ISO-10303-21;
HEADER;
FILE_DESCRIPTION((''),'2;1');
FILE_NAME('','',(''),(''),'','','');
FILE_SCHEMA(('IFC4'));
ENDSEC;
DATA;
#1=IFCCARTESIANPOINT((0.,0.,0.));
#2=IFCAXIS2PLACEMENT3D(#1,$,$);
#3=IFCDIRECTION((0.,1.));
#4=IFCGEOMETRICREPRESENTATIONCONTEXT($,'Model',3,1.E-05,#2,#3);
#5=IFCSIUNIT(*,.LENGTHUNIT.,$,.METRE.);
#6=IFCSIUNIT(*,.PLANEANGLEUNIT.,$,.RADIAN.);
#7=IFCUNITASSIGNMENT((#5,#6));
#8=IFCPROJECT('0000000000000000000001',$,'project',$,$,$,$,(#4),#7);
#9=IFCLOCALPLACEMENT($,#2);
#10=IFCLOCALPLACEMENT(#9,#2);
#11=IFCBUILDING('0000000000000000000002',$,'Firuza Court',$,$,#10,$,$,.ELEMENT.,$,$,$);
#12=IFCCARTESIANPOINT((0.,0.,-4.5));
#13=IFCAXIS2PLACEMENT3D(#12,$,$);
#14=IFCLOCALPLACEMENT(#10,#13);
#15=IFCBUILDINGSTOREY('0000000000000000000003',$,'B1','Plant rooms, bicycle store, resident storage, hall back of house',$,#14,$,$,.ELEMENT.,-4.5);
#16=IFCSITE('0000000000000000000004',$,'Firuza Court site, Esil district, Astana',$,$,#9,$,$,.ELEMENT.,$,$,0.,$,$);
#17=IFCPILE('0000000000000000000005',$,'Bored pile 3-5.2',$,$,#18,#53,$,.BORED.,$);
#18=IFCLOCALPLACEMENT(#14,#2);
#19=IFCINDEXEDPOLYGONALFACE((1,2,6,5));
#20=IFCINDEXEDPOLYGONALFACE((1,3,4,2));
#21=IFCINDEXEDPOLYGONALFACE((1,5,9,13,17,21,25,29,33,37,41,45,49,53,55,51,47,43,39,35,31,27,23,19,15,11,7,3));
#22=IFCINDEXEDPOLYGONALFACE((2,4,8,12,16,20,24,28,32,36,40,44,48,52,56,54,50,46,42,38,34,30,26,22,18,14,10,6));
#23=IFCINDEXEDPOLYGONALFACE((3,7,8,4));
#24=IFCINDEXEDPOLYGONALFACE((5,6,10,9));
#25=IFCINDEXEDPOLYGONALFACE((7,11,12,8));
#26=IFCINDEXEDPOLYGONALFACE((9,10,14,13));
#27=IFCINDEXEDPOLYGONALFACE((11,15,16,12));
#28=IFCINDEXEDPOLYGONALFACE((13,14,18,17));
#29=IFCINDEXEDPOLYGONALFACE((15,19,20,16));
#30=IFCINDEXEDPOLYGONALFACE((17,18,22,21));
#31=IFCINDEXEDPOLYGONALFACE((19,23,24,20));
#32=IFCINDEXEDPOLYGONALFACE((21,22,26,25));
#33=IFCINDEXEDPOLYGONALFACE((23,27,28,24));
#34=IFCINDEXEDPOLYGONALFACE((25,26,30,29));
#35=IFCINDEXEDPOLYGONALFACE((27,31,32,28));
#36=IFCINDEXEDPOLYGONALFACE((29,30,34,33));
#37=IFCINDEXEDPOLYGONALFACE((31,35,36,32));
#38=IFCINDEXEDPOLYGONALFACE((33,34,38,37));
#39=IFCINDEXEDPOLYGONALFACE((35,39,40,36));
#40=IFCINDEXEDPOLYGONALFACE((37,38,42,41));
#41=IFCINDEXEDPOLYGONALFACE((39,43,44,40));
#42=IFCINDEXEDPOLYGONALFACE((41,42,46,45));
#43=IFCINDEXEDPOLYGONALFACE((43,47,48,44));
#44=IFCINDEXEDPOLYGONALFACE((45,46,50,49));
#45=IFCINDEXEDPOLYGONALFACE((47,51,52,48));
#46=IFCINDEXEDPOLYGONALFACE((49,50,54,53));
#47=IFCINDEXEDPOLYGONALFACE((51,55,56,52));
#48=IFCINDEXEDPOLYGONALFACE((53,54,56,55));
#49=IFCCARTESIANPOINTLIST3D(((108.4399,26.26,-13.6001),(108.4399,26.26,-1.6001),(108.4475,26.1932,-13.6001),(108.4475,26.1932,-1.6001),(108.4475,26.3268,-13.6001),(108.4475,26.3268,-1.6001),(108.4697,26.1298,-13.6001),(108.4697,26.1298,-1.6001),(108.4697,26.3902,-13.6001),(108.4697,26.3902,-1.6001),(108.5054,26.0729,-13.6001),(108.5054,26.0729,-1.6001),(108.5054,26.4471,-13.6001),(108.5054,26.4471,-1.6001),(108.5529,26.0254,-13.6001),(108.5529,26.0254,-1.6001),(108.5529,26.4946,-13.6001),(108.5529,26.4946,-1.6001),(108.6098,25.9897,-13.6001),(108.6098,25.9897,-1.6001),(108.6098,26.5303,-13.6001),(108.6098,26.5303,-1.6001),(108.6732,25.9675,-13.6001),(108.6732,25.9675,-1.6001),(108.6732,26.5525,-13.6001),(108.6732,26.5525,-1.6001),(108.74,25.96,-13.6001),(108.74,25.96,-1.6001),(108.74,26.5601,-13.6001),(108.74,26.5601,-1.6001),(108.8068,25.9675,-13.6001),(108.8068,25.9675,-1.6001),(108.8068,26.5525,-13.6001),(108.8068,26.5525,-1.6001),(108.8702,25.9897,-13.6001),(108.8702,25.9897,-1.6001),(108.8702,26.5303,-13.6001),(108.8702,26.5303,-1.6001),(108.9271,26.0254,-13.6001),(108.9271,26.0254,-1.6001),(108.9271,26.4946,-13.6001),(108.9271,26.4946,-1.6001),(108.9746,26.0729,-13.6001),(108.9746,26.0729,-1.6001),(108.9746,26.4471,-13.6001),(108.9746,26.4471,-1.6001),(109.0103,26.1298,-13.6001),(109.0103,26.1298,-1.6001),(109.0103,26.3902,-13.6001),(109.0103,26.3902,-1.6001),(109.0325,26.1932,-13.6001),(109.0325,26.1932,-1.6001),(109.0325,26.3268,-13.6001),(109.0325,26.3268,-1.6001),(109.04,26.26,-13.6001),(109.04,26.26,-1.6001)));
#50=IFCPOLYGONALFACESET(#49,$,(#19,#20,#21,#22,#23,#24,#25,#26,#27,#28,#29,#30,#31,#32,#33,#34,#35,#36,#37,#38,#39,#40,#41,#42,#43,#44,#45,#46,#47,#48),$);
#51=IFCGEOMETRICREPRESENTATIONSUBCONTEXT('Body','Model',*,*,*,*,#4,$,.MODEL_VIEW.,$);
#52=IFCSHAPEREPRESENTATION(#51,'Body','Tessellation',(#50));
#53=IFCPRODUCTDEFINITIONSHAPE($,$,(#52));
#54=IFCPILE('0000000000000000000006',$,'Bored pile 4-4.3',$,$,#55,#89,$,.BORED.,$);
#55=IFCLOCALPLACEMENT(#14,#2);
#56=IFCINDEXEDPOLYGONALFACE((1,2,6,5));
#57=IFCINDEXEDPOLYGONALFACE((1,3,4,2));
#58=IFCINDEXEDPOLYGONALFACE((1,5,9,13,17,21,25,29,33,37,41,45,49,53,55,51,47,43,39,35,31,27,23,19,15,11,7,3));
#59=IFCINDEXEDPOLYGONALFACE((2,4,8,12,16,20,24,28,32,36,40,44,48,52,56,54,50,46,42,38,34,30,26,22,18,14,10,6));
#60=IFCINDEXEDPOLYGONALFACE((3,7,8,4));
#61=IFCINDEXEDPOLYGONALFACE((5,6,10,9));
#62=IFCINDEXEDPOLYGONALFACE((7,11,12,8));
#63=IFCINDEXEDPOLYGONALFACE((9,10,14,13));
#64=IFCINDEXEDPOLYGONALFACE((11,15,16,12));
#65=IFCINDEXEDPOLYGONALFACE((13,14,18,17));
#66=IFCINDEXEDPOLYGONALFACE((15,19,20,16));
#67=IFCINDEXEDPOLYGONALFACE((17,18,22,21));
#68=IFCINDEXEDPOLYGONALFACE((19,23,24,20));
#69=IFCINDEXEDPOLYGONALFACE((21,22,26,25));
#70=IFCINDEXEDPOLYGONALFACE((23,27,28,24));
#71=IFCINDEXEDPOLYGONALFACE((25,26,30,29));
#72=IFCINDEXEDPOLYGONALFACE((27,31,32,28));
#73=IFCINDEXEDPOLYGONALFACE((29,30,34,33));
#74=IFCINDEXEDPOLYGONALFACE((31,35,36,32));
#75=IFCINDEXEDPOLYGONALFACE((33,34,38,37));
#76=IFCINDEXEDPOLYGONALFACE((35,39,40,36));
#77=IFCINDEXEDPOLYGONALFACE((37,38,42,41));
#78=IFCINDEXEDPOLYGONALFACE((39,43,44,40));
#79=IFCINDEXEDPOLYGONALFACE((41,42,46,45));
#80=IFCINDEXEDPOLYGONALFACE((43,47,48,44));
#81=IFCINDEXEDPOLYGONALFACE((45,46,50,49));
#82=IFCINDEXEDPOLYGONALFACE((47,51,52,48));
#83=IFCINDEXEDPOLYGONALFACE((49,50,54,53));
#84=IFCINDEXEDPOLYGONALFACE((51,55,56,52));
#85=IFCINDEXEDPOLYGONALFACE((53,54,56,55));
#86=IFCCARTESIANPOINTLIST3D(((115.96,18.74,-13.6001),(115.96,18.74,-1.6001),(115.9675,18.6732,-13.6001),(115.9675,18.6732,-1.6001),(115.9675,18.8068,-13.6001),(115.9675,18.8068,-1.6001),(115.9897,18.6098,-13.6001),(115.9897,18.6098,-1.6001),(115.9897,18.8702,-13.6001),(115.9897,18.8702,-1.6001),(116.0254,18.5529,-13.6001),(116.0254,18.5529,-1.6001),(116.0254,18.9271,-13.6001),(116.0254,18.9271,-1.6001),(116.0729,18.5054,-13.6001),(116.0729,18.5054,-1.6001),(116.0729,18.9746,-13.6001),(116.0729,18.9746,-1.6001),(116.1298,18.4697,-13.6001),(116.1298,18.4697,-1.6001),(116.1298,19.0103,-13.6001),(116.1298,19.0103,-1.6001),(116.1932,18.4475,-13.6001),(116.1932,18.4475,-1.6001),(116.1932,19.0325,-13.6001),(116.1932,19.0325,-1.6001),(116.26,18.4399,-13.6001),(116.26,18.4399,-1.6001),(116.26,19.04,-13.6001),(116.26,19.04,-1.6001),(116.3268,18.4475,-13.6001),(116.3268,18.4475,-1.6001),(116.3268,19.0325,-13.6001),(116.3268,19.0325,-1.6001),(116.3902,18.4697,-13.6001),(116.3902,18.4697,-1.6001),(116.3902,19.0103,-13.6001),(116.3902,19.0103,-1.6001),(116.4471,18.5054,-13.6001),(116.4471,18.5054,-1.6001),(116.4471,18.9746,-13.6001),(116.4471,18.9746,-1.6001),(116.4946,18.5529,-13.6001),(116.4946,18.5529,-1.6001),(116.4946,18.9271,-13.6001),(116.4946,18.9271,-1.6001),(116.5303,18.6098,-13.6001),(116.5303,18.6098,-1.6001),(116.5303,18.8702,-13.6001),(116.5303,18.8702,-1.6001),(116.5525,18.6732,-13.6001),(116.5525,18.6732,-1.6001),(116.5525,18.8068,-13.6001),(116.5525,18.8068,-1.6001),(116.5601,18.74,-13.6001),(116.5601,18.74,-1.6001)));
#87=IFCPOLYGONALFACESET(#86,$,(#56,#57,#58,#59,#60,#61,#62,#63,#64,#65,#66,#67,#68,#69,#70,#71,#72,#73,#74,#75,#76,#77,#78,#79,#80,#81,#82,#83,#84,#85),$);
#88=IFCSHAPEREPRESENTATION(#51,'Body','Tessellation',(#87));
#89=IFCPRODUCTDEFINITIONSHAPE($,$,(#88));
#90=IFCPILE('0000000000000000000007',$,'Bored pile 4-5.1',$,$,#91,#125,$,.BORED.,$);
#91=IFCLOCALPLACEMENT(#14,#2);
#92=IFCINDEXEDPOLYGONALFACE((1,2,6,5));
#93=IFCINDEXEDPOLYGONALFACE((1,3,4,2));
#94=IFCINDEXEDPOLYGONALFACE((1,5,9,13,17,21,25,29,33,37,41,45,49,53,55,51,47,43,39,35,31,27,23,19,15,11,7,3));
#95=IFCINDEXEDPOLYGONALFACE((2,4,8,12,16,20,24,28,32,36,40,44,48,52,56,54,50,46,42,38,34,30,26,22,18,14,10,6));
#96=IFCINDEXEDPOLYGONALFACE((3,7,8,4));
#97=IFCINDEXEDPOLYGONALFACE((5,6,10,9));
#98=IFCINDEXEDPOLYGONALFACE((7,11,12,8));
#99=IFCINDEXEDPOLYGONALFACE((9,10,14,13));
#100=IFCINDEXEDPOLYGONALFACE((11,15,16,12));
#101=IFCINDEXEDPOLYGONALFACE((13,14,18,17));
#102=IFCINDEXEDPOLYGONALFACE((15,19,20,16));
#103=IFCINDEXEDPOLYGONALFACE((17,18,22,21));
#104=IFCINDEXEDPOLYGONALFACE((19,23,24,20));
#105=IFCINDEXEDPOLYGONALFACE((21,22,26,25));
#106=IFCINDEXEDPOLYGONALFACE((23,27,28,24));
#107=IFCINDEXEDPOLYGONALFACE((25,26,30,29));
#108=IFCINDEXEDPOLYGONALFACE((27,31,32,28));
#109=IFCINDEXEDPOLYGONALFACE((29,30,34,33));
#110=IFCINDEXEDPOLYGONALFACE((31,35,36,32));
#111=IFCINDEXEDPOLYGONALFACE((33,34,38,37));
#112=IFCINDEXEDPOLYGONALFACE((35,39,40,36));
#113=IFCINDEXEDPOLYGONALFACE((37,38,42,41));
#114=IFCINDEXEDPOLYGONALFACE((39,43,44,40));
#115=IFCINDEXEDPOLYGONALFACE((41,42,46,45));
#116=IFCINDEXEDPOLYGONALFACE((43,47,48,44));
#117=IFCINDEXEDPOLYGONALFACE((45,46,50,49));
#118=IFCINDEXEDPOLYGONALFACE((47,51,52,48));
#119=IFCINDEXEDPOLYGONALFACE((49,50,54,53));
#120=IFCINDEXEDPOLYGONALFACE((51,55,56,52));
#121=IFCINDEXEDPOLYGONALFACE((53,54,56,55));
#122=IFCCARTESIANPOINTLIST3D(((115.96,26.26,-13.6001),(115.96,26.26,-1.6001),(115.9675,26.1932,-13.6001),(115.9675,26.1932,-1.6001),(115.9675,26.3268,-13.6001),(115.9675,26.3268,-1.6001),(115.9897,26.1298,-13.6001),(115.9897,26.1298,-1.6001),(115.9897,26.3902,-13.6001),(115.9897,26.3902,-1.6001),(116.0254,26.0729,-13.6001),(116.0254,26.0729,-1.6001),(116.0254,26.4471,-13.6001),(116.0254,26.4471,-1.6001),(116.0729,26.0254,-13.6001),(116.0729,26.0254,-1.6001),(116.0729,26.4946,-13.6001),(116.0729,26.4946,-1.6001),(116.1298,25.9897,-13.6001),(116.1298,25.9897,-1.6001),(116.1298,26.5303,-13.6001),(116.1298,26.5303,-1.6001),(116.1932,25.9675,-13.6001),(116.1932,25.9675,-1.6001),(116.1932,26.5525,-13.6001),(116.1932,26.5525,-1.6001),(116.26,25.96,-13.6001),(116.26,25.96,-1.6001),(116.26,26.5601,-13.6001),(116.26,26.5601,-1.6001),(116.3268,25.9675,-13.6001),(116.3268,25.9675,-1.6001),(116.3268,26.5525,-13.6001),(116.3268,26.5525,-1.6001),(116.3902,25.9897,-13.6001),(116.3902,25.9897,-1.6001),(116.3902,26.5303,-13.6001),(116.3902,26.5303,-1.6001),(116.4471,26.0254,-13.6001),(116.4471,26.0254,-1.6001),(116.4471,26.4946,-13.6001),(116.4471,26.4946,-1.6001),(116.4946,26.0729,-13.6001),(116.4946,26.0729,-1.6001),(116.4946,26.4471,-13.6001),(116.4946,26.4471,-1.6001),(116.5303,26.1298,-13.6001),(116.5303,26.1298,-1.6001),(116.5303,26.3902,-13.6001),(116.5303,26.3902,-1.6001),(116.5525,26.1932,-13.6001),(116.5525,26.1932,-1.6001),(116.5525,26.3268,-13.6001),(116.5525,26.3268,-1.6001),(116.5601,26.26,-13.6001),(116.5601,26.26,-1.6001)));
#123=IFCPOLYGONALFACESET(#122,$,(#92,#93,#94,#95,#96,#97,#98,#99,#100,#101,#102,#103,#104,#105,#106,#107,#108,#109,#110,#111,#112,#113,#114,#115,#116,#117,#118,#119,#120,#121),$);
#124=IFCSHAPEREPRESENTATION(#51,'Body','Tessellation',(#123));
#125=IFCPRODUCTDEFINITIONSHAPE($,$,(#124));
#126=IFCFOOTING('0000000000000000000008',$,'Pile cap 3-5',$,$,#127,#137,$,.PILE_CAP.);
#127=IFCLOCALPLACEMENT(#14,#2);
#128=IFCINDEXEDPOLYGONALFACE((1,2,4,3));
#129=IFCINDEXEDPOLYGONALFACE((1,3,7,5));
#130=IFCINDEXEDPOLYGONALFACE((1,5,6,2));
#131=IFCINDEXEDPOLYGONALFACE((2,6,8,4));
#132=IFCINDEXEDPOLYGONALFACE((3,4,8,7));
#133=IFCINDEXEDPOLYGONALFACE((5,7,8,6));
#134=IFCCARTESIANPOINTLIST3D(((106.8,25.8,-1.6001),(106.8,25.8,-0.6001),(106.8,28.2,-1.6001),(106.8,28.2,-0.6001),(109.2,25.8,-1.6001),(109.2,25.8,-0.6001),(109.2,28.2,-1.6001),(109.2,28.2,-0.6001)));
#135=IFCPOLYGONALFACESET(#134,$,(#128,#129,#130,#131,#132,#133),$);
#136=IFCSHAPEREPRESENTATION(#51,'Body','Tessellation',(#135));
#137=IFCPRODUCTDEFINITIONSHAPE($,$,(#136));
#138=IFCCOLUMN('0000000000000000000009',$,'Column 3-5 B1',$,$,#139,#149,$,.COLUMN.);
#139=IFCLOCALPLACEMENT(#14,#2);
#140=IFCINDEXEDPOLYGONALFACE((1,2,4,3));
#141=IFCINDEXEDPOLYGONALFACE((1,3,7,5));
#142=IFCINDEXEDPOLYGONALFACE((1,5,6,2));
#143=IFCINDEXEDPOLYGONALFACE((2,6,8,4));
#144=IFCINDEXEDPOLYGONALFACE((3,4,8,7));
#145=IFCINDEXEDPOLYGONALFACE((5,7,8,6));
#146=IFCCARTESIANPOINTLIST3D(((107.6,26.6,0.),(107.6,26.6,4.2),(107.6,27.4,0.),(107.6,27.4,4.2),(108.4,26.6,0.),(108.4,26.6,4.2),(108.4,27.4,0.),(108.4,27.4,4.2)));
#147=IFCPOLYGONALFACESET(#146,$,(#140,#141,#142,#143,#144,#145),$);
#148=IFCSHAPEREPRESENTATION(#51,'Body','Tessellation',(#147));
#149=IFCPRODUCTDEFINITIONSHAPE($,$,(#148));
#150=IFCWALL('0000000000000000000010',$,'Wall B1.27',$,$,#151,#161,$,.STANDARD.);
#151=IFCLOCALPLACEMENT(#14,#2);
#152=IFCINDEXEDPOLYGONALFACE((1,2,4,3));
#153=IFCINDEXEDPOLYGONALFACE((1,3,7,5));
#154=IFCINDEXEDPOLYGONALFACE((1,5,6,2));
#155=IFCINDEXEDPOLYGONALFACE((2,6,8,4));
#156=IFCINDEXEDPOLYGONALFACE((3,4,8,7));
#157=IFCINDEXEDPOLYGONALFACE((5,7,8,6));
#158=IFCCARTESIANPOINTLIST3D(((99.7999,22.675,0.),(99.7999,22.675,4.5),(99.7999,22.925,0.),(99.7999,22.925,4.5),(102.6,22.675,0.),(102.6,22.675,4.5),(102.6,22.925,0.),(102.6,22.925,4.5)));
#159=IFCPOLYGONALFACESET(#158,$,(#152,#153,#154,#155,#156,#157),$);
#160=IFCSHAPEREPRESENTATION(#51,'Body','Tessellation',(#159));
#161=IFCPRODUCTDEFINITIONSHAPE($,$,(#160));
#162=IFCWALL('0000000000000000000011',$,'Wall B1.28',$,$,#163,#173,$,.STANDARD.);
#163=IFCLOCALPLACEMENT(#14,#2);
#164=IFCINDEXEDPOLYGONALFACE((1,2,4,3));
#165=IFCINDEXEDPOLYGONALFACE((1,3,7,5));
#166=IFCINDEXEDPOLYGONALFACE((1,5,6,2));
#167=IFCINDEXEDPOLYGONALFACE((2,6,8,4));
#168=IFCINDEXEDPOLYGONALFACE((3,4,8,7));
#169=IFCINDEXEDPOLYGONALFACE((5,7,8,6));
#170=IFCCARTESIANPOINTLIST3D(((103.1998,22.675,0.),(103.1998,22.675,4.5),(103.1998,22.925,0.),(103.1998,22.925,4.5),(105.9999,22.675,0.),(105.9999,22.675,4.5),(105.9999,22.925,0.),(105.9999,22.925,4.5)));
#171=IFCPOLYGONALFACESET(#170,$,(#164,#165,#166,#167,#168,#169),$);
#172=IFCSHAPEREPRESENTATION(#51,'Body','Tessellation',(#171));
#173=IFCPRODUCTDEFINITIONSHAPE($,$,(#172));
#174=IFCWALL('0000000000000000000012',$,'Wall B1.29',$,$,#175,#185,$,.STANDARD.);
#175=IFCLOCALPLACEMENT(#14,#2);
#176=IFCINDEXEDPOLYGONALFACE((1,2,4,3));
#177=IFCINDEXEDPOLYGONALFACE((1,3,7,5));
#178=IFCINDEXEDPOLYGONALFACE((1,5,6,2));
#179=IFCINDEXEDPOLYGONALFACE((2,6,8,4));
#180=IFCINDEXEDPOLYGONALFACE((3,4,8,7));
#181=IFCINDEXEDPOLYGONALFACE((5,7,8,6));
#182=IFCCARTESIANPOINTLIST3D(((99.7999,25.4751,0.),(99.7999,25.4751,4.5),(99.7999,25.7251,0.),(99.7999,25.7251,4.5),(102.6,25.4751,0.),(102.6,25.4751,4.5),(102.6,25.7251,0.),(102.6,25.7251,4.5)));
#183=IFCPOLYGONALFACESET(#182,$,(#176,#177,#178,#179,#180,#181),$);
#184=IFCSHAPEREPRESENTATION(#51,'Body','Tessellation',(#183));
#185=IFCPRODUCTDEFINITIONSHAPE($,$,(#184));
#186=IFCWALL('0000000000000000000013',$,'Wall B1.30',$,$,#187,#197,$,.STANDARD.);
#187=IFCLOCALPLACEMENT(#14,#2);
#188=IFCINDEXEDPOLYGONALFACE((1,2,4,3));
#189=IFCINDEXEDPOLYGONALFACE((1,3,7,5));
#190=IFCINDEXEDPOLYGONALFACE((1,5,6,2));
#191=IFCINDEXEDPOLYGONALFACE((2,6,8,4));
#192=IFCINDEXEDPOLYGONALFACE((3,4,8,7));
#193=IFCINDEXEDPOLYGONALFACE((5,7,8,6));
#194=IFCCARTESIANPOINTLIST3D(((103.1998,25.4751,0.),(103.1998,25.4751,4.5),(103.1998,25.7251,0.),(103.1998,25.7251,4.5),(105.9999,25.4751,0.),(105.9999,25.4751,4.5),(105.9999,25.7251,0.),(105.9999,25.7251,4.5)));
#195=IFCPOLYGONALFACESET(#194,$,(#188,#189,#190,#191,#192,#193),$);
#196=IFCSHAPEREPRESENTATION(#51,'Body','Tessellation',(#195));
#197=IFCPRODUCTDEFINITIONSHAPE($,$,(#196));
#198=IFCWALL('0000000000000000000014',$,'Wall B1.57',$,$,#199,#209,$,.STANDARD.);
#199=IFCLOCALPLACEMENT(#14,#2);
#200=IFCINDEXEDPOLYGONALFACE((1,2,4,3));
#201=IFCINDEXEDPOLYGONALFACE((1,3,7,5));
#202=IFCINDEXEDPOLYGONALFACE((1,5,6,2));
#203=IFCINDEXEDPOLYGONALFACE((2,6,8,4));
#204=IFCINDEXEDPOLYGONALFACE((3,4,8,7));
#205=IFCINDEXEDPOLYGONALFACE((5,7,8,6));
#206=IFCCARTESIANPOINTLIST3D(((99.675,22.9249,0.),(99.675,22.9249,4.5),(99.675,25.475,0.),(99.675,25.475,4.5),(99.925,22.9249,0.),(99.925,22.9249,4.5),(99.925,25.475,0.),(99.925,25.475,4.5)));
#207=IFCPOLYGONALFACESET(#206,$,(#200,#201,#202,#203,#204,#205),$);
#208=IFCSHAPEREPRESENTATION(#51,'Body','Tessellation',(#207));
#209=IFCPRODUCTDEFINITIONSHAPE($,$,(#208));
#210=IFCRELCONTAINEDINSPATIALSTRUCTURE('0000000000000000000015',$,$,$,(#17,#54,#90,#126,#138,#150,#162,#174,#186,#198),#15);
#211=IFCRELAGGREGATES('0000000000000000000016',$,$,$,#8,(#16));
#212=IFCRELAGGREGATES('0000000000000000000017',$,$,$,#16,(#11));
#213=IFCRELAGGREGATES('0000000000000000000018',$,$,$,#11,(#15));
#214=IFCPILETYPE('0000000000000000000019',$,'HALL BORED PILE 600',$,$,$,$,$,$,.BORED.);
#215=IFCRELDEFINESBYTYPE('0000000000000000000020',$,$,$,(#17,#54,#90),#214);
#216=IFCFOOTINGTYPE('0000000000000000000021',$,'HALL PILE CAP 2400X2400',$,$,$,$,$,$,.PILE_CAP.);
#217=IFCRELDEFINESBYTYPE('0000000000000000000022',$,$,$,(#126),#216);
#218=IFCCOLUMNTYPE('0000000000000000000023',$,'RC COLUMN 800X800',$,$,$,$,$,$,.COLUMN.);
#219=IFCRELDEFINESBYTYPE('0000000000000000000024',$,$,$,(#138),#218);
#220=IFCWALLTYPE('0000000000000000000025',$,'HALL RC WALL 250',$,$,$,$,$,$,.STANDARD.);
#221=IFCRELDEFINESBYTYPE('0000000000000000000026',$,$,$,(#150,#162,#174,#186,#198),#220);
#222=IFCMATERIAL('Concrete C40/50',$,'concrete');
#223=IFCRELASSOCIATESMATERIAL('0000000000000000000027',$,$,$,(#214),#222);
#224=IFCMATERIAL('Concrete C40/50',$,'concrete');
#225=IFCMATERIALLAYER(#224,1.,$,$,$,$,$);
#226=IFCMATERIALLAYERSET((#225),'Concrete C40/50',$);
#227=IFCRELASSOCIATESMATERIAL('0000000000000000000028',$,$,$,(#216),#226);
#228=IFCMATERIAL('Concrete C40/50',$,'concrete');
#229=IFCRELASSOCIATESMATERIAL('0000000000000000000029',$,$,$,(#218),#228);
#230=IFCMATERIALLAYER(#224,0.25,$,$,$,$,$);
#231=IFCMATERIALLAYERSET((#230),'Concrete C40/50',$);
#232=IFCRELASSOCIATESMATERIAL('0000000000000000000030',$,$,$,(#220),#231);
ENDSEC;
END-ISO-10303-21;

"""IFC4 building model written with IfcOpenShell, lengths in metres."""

from ifc_helpers import new_model, si_unit, direction, frame, frame_2d, origin, origin_2d, place, context, subcontext, project, spatial, rectangle, circle, extrude, material, layer, layer_set, material_profile, profile_set, type_object, element, save


model = new_model("IFC4")

# Units and contexts
model_context = context("Model", 3, precision=1e-05, world=origin(), true_north=direction((0.0, 1.0)))
body_context = subcontext(model_context, "Body", "Model", "MODEL_VIEW")
ifc_project = project(units=[si_unit("LENGTHUNIT", "METRE"), si_unit("PLANEANGLEUNIT", "RADIAN")], contexts=[model_context])

# Site, building, storey
site_placement = place(None, origin())
site = spatial("IfcSite", under=ifc_project, at=site_placement, Name="Firuza Court site, Esil district, Astana", CompositionType="ELEMENT", RefElevation=0.0)
building_placement = place(site_placement, origin())
building = spatial("IfcBuilding", under=site, at=building_placement, Name="Firuza Court", CompositionType="ELEMENT")
storey_placement = place(building_placement, frame((0.0, 0.0, -4.5)))
storey = spatial("IfcBuildingStorey", under=building, at=storey_placement, Name="B1", Description="Plant rooms, bicycle store, resident storage, hall back of house", CompositionType="ELEMENT", Elevation=-4.5)

# Piles
ifc_material_1 = material(Name="Concrete C40/50", Category="concrete")
ifc_material_profile_1 = material_profile(ifc_material_1, circle(Radius=0.3, at=origin_2d()), Name="PILE 600")
ifc_profile_set_1 = profile_set([ifc_material_profile_1], Name="Concrete C40/50")
pile_type = type_object("IfcPileType", Name="HALL BORED PILE 600", PredefinedType="BORED", material=ifc_profile_set_1)
for number, where, z_axis, x_axis, name in (
    (1, (108.74, 26.26, -1.6001), (0.0, 0.0, -1.0), (1.0, 0.0, 0.0), "Bored pile 3-5.2"),
    (2, (116.26, 18.74, -1.6001), (0.0, 0.0, -1.0), (1.0, 0.0, 0.0), "Bored pile 4-4.3"),
    (3, (116.26, 26.26, -1.6001), (0.0, 0.0, -1.0), (1.0, 0.0, 0.0), "Bored pile 4-5.1"),
):
    element("IfcPile", number, at=place(storey_placement, frame(where, z_axis=z_axis, x_axis=x_axis)), inside=storey, type_object=pile_type, Name=name, PredefinedType="BORED", context=body_context, shape_type="SweptSolid", body=[
        extrude(circle(Radius=0.3, at=origin_2d()), origin(), (0.0, 0.0, 1.0), 12.0),
    ])

# Footing
ifc_material_2 = material(Name="Concrete C40/50", Category="concrete")
ifc_layer_1 = layer(ifc_material_2, 1.0)
ifc_layer_set_1 = layer_set([ifc_layer_1], Name="Concrete C40/50")
footing_type = type_object("IfcFootingType", Name="HALL PILE CAP 2400X2400", PredefinedType="PILE_CAP", material=ifc_layer_set_1)
footing_placement = place(storey_placement, frame((108.0, 27.0, -1.6001), z_axis=(0.0, 0.0, 1.0), x_axis=(1.0, 0.0, 0.0)))
element("IfcFooting", 4, at=footing_placement, inside=storey, type_object=footing_type, Name="Pile cap 3-5", PredefinedType="PILE_CAP", context=body_context, shape_type="SweptSolid", body=[
    extrude(rectangle(XDim=2.3999, YDim=2.3999, at=origin_2d()), origin(), (0.0, 0.0, 1.0), 1.0),
])

# Column
ifc_material_3 = material(Name="Concrete C40/50", Category="concrete")
ifc_material_profile_2 = material_profile(ifc_material_3, rectangle(XDim=0.8, YDim=0.8, at=origin_2d()), Name="RC 800X800")
ifc_profile_set_2 = profile_set([ifc_material_profile_2], Name="Concrete C40/50")
column_type = type_object("IfcColumnType", Name="RC COLUMN 800X800", PredefinedType="COLUMN", material=ifc_profile_set_2)
column_placement = place(storey_placement, frame((108.0, 27.0, 0.0), z_axis=(0.0, 0.0, 1.0), x_axis=(1.0, 0.0, 0.0)))
element("IfcColumn", 5, at=column_placement, inside=storey, type_object=column_type, Name="Column 3-5 B1", PredefinedType="COLUMN", context=body_context, shape_type="SweptSolid", body=[
    extrude(rectangle(XDim=0.8, YDim=0.8, at=origin_2d()), origin(), (0.0, 0.0, 1.0), 4.2),
])

# Walls
ifc_layer_2 = layer(ifc_material_2, 0.25)
ifc_layer_set_2 = layer_set([ifc_layer_2], Name="Concrete C40/50")
wall_type_1 = type_object("IfcWallType", Name="HALL RC WALL 250", PredefinedType="STANDARD", material=ifc_layer_set_2)
for number, where, z_axis, x_axis, name in (
    (6, (99.8, 22.8, 0.0), (0.0, 0.0, 1.0), (1.0, 0.0, 0.0), "Wall B1.27"),
    (7, (103.2, 22.8, 0.0), (0.0, 0.0, 1.0), (1.0, 0.0, 0.0), "Wall B1.28"),
    (8, (99.8, 25.6001, 0.0), (0.0, 0.0, 1.0), (1.0, 0.0, 0.0), "Wall B1.29"),
    (9, (103.2, 25.6001, 0.0), (0.0, 0.0, 1.0), (1.0, 0.0, 0.0), "Wall B1.30"),
):
    element("IfcWall", number, at=place(storey_placement, frame(where, z_axis=z_axis, x_axis=x_axis)), inside=storey, type_object=wall_type_1, Name=name, PredefinedType="STANDARD", context=body_context, shape_type="SweptSolid", body=[
        extrude(rectangle(XDim=2.8, YDim=0.25, at=frame_2d((1.3999, 0.0))), origin(), (0.0, 0.0, 1.0), 4.5),
    ])
for number, where, z_axis, x_axis, name in (
    (10, (99.8, 22.925, 0.0), (0.0, 0.0, 1.0), (0.0, 1.0, 0.0), "Wall B1.57"),
):
    element("IfcWall", number, at=place(storey_placement, frame(where, z_axis=z_axis, x_axis=x_axis)), inside=storey, type_object=wall_type_1, Name=name, PredefinedType="STANDARD", context=body_context, shape_type="SweptSolid", body=[
        extrude(rectangle(XDim=2.55, YDim=0.25, at=frame_2d((1.2749, 0.0))), origin(), (0.0, 0.0, 1.0), 4.5),
    ])

save(model, "model.ifc")
